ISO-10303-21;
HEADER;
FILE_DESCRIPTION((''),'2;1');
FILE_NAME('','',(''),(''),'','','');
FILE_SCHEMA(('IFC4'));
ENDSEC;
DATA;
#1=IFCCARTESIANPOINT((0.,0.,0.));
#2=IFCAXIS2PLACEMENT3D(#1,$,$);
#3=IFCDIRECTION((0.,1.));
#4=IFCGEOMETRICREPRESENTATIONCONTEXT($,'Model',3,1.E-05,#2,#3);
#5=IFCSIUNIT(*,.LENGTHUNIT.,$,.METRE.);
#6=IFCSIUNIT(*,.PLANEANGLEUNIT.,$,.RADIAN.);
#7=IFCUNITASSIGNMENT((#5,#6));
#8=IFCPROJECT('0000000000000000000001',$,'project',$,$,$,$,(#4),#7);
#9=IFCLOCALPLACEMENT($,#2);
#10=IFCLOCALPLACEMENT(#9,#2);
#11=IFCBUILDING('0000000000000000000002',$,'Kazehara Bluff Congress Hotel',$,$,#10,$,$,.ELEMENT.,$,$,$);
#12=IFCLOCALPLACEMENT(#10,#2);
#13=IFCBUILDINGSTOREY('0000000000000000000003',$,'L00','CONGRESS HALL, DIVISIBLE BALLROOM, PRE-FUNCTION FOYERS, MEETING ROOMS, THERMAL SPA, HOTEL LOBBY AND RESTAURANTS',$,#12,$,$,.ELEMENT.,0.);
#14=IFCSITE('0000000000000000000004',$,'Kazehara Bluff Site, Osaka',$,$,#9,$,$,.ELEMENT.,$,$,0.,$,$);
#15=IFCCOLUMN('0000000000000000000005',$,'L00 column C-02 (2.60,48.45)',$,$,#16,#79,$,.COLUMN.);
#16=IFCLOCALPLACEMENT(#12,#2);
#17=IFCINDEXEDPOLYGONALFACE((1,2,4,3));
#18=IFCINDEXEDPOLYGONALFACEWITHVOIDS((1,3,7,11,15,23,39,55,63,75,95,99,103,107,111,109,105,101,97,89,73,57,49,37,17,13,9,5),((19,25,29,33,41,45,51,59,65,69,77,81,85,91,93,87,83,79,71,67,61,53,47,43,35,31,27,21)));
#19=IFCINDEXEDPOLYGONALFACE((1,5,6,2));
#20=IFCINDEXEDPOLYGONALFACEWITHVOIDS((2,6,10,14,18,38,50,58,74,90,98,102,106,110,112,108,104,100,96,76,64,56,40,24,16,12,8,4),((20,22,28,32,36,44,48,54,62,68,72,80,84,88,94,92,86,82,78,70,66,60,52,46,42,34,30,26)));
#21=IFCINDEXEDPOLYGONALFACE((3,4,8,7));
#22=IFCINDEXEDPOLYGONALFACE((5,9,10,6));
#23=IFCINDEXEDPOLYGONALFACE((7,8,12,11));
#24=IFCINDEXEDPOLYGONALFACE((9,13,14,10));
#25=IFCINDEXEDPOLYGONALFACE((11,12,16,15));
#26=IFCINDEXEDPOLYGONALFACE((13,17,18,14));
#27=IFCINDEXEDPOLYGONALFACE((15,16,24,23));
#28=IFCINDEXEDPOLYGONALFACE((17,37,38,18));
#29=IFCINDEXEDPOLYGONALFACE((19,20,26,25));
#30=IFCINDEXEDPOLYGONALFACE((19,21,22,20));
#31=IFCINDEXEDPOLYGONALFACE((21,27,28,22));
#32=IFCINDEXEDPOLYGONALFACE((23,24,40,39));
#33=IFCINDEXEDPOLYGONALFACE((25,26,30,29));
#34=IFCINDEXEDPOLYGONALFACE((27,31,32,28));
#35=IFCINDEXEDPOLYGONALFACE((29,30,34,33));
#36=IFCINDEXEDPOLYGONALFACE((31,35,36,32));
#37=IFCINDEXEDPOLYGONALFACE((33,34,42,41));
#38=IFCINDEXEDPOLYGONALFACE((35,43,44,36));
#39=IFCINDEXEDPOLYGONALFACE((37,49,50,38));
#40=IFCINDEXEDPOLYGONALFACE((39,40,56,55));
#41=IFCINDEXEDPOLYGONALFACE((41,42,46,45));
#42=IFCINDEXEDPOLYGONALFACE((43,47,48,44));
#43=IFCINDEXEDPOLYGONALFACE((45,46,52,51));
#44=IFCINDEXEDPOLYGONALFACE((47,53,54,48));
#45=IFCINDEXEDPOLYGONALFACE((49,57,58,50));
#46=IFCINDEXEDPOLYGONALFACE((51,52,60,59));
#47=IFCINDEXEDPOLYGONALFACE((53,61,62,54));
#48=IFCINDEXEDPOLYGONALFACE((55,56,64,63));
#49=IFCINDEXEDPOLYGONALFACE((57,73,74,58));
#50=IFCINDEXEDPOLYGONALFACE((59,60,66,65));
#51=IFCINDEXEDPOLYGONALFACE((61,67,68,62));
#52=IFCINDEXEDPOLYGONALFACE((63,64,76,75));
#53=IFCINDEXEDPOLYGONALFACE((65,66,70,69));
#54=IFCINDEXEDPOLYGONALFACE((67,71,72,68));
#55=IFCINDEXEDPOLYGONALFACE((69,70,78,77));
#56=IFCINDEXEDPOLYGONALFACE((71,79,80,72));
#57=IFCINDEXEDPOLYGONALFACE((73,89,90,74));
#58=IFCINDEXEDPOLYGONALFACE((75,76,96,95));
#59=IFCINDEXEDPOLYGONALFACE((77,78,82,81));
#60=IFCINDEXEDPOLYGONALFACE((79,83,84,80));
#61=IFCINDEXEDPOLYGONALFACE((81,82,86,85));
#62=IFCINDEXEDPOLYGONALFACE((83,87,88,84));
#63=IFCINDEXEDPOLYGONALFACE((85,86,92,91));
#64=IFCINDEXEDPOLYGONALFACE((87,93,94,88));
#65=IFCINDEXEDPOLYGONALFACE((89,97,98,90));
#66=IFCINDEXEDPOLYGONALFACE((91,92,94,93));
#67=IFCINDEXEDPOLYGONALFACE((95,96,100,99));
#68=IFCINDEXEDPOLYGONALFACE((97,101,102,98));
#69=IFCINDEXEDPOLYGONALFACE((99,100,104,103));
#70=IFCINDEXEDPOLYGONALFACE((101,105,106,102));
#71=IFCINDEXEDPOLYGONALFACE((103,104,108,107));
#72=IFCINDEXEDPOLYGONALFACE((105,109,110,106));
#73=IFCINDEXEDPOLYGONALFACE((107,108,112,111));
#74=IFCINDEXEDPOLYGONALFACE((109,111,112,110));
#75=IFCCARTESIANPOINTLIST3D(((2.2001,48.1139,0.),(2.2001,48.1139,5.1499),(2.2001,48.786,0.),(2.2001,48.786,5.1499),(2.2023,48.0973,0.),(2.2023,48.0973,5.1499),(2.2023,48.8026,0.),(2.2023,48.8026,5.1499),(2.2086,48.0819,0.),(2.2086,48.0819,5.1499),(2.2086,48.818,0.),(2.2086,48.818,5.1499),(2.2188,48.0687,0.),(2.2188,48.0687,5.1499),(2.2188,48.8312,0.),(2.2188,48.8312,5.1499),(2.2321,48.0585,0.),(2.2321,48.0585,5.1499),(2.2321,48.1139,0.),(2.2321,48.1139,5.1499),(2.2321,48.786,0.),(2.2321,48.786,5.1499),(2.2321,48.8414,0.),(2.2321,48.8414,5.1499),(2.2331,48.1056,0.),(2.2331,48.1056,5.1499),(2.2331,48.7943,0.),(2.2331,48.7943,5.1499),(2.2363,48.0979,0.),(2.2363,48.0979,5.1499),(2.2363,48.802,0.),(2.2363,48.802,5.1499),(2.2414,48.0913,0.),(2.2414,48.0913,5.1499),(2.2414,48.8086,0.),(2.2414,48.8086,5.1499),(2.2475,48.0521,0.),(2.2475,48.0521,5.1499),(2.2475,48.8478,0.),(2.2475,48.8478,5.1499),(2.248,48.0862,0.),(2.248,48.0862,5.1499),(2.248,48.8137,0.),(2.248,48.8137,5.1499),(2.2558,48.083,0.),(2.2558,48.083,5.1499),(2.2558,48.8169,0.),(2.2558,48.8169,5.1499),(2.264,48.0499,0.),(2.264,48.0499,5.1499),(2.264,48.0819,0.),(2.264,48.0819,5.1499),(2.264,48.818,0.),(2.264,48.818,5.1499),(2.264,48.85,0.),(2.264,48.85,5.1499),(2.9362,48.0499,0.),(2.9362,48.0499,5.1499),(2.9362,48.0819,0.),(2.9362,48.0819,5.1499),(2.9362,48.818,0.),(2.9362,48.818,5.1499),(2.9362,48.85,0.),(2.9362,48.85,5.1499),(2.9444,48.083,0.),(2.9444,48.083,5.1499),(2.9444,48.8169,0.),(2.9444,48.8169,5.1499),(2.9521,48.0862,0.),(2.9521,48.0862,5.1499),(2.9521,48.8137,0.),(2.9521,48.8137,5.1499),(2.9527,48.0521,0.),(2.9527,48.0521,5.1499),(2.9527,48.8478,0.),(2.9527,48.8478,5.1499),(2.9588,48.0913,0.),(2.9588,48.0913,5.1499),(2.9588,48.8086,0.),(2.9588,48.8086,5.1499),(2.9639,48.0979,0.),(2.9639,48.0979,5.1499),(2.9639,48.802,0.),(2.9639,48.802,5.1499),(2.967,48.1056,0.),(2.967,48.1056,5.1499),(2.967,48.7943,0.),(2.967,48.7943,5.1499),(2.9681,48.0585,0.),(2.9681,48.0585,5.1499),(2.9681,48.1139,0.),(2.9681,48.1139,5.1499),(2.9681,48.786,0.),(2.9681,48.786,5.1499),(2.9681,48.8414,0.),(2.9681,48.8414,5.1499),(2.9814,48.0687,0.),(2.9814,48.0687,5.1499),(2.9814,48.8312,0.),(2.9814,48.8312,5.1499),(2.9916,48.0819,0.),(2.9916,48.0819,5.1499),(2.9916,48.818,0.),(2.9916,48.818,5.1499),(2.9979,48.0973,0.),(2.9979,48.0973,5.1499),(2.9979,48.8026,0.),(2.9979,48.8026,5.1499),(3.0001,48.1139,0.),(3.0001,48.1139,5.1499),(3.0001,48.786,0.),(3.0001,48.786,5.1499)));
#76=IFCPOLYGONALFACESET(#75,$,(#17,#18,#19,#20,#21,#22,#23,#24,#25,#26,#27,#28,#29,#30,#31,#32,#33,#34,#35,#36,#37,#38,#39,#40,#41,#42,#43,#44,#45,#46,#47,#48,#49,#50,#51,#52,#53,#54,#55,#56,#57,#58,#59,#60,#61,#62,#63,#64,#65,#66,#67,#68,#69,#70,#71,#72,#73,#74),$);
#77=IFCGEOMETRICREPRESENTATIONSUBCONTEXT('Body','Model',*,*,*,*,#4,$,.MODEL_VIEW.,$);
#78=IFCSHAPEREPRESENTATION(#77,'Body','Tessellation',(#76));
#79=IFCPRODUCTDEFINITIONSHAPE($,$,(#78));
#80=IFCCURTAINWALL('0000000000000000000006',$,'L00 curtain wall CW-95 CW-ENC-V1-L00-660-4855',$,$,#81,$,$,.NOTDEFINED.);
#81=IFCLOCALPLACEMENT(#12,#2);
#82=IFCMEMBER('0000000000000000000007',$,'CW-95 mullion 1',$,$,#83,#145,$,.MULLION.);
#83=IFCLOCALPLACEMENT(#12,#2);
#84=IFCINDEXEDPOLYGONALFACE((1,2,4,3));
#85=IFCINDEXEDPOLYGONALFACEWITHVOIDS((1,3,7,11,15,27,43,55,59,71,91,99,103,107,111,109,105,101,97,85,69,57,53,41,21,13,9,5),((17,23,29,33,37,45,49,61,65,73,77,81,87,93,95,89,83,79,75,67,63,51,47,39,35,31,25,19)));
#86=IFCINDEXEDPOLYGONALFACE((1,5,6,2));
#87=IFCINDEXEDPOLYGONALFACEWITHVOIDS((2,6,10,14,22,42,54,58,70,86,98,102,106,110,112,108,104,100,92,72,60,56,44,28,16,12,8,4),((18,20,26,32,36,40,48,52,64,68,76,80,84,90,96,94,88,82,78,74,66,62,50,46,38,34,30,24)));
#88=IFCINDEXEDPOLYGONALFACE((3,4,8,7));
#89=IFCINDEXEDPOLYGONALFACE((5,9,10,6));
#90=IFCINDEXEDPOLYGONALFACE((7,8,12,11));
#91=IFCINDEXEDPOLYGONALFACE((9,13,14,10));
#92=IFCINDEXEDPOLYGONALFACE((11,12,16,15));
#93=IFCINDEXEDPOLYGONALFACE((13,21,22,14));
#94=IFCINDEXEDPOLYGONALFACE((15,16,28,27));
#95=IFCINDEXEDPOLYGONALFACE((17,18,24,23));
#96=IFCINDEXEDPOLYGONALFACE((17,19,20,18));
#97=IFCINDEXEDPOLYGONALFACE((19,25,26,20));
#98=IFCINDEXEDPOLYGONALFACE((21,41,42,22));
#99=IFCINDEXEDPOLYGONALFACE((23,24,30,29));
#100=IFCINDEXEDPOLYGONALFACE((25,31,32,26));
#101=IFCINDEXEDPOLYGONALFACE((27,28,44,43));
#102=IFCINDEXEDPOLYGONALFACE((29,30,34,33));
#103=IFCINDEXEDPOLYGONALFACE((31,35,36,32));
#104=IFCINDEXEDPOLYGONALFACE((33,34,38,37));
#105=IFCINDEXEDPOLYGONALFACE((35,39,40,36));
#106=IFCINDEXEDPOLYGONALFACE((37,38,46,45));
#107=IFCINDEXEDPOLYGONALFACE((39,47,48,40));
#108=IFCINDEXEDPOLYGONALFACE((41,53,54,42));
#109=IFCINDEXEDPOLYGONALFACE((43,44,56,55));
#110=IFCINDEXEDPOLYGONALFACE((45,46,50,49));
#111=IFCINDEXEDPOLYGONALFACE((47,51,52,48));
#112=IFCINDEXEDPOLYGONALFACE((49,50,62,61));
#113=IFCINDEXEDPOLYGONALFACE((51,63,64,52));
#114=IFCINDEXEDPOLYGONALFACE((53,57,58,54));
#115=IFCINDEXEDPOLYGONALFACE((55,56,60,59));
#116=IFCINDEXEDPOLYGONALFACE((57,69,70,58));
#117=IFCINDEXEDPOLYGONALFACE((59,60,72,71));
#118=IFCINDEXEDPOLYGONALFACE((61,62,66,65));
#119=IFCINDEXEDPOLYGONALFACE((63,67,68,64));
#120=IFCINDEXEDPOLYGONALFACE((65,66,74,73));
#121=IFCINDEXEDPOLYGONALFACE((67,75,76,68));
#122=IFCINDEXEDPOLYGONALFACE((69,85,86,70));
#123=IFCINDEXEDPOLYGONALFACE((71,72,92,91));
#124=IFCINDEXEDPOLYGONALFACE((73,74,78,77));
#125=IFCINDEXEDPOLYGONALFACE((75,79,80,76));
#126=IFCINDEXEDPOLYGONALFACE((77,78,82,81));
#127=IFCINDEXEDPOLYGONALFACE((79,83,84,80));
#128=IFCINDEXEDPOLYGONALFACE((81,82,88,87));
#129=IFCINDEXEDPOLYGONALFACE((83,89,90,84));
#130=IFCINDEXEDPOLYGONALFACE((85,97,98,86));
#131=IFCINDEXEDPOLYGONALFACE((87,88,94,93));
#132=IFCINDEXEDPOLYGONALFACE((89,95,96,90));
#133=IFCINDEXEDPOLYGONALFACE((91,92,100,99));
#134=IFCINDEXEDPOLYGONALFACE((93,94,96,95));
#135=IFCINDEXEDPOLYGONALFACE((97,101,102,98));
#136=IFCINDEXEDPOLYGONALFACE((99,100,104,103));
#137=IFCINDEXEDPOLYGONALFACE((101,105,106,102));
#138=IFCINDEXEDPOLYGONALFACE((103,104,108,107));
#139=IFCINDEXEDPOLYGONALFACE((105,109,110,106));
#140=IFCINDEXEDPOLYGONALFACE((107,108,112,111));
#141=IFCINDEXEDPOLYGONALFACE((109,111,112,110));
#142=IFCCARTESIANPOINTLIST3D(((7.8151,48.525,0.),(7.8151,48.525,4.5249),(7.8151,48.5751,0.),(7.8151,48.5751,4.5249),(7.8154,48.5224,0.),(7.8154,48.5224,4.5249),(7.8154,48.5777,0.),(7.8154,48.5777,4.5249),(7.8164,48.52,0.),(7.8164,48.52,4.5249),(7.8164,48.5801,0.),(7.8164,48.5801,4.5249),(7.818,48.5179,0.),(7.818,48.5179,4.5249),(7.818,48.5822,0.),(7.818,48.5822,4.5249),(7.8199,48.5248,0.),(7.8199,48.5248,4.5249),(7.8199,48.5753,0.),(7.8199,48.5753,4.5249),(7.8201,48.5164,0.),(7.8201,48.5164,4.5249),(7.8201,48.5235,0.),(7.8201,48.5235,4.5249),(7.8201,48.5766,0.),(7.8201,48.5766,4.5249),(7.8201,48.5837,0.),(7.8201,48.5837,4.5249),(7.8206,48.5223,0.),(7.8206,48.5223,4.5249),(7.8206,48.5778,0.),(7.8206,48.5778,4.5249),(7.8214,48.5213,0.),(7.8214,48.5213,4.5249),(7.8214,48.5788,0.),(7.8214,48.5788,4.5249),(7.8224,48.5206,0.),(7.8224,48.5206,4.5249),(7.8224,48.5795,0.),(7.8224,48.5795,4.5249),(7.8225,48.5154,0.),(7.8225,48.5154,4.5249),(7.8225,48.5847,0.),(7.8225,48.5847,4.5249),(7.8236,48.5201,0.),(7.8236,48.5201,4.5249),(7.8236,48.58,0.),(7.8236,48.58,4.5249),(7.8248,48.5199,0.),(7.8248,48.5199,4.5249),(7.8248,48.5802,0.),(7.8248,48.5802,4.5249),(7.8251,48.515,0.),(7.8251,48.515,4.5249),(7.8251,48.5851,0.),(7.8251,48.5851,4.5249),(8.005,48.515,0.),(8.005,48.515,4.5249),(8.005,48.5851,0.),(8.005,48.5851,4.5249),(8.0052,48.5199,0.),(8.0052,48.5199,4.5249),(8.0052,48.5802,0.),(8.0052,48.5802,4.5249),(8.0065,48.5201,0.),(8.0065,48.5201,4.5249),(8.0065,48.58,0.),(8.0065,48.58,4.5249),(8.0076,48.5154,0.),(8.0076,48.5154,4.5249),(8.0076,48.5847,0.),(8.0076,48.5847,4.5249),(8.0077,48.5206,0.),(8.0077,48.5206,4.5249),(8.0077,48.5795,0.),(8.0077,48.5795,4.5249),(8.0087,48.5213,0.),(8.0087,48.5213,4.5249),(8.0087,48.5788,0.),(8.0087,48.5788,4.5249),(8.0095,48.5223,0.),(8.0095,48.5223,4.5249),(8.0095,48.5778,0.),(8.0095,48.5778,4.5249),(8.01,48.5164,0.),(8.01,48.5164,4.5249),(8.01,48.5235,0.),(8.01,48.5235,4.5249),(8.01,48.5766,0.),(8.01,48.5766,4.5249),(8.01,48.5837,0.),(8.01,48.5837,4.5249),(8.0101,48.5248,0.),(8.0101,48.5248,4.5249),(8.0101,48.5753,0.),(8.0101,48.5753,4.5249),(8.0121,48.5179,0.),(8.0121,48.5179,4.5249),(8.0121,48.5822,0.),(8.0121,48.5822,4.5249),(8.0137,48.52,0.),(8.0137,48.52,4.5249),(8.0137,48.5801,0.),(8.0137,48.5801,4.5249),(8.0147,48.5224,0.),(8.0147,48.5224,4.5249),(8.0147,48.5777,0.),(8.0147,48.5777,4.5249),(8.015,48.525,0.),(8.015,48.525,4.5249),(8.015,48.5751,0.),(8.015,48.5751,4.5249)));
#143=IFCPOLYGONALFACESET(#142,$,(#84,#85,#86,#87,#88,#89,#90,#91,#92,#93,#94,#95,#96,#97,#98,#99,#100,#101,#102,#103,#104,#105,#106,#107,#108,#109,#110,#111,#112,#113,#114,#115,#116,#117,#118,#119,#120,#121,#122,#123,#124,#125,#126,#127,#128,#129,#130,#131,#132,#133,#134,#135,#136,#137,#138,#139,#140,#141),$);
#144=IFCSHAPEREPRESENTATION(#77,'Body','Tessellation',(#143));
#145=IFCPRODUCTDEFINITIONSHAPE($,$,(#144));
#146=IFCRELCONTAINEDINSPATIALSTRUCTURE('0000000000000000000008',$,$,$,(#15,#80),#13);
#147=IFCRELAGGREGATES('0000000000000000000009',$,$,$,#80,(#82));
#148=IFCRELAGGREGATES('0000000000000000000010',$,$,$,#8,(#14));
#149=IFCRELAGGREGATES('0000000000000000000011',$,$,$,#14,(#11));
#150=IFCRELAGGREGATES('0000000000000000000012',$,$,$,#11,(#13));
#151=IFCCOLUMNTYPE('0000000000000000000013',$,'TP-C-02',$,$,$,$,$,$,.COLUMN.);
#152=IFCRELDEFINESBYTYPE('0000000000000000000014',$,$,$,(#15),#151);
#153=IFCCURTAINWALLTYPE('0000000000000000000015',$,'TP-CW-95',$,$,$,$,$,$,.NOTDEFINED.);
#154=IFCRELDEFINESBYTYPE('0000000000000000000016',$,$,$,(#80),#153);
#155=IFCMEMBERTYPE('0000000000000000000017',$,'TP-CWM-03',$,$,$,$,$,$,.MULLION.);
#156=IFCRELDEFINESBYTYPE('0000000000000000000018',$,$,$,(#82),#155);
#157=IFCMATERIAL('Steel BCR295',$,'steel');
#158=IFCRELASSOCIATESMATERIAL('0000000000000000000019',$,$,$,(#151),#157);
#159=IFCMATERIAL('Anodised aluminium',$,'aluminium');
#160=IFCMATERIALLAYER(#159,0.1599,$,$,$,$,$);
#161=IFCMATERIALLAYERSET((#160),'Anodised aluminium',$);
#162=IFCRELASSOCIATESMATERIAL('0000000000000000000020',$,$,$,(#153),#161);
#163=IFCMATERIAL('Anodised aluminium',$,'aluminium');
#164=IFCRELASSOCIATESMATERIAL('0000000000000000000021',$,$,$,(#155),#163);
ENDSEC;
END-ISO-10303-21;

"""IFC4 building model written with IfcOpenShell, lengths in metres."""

from ifc_helpers import new_model, si_unit, direction, frame, origin, origin_2d, place, context, subcontext, project, spatial, hollow_rectangle, extrude, material, layer, layer_set, material_profile, profile_set, type_object, element, aggregate, save


model = new_model("IFC4")

# Units and contexts
model_context = context("Model", 3, precision=1e-05, world=origin(), true_north=direction((0.0, 1.0)))
body_context = subcontext(model_context, "Body", "Model", "MODEL_VIEW")
ifc_project = project(units=[si_unit("LENGTHUNIT", "METRE"), si_unit("PLANEANGLEUNIT", "RADIAN")], contexts=[model_context])

# Site, building, storey
site_placement = place(None, origin())
site = spatial("IfcSite", under=ifc_project, at=site_placement, Name="Kazehara Bluff Site, Osaka", CompositionType="ELEMENT", RefElevation=0.0)
building_placement = place(site_placement, origin())
building = spatial("IfcBuilding", under=site, at=building_placement, Name="Kazehara Bluff Congress Hotel", CompositionType="ELEMENT")
storey_placement = place(building_placement, origin())
storey = spatial("IfcBuildingStorey", under=building, at=storey_placement, Name="L00", Description="CONGRESS HALL, DIVISIBLE BALLROOM, PRE-FUNCTION FOYERS, MEETING ROOMS, THERMAL SPA, HOTEL LOBBY AND RESTAURANTS", CompositionType="ELEMENT", Elevation=0.0)

# Column
ifc_material_1 = material(Name="Steel BCR295", Category="steel")
ifc_material_profile_1 = material_profile(ifc_material_1, hollow_rectangle(XDim=0.8, YDim=0.8, WallThickness=0.032, InnerFilletRadius=0.032, OuterFilletRadius=0.064, at=origin_2d()))
ifc_profile_set_1 = profile_set([ifc_material_profile_1], Name="Steel BCR295")
column_type_1 = type_object("IfcColumnType", Name="TP-C-02", PredefinedType="COLUMN", material=ifc_profile_set_1)
column_placement = place(storey_placement, frame((2.6001, 48.45, 0.0), z_axis=(0.0, 0.0, 1.0), x_axis=(1.0, 0.0, 0.0)))
element("IfcColumn", 1, at=column_placement, inside=storey, type_object=column_type_1, Name="L00 column C-02 (2.60,48.45)", PredefinedType="COLUMN", context=body_context, shape_type="SweptSolid", body=[
    extrude(hollow_rectangle(XDim=0.8, YDim=0.8, WallThickness=0.032, InnerFilletRadius=0.032, OuterFilletRadius=0.064, at=origin_2d()), origin(), (0.0, 0.0, 1.0), 5.1499),
])

# Curtain wall, member
ifc_material_2 = material(Name="Anodised aluminium", Category="aluminium")
ifc_layer_1 = layer(ifc_material_2, 0.1599)
ifc_layer_set_1 = layer_set([ifc_layer_1], Name="Anodised aluminium")
curtain_wall_type = type_object("IfcCurtainWallType", Name="TP-CW-95", PredefinedType="NOTDEFINED", material=ifc_layer_set_1)
curtain_wall_placement = place(storey_placement, origin())
curtain_wall = element("IfcCurtainWall", 2, at=curtain_wall_placement, inside=storey, type_object=curtain_wall_type, Name="L00 curtain wall CW-95 CW-ENC-V1-L00-660-4855", PredefinedType="NOTDEFINED")
ifc_material_3 = material(Name="Anodised aluminium", Category="aluminium")
ifc_material_profile_2 = material_profile(ifc_material_3, hollow_rectangle(XDim=0.0701, YDim=0.2, WallThickness=0.0049, InnerFilletRadius=0.0049, OuterFilletRadius=0.01, at=origin_2d()))
ifc_profile_set_2 = profile_set([ifc_material_profile_2], Name="Anodised aluminium")
member_type_1 = type_object("IfcMemberType", Name="TP-CWM-03", PredefinedType="MULLION", material=ifc_profile_set_2)
member_1_placement = place(storey_placement, frame((7.915, 48.55, 0.0), z_axis=(0.0, 0.0, 1.0), x_axis=(0.0, -1.0, 0.0)))
member_1 = element("IfcMember", 3, at=member_1_placement, type_object=member_type_1, Name="CW-95 mullion 1", PredefinedType="MULLION", context=body_context, shape_type="SweptSolid", body=[
    extrude(hollow_rectangle(XDim=0.0701, YDim=0.2, WallThickness=0.0049, InnerFilletRadius=0.0049, OuterFilletRadius=0.01, at=origin_2d()), origin(), (0.0, 0.0, 1.0), 4.5249),
])

aggregate(curtain_wall, [member_1])

save(model, "model.ifc")
